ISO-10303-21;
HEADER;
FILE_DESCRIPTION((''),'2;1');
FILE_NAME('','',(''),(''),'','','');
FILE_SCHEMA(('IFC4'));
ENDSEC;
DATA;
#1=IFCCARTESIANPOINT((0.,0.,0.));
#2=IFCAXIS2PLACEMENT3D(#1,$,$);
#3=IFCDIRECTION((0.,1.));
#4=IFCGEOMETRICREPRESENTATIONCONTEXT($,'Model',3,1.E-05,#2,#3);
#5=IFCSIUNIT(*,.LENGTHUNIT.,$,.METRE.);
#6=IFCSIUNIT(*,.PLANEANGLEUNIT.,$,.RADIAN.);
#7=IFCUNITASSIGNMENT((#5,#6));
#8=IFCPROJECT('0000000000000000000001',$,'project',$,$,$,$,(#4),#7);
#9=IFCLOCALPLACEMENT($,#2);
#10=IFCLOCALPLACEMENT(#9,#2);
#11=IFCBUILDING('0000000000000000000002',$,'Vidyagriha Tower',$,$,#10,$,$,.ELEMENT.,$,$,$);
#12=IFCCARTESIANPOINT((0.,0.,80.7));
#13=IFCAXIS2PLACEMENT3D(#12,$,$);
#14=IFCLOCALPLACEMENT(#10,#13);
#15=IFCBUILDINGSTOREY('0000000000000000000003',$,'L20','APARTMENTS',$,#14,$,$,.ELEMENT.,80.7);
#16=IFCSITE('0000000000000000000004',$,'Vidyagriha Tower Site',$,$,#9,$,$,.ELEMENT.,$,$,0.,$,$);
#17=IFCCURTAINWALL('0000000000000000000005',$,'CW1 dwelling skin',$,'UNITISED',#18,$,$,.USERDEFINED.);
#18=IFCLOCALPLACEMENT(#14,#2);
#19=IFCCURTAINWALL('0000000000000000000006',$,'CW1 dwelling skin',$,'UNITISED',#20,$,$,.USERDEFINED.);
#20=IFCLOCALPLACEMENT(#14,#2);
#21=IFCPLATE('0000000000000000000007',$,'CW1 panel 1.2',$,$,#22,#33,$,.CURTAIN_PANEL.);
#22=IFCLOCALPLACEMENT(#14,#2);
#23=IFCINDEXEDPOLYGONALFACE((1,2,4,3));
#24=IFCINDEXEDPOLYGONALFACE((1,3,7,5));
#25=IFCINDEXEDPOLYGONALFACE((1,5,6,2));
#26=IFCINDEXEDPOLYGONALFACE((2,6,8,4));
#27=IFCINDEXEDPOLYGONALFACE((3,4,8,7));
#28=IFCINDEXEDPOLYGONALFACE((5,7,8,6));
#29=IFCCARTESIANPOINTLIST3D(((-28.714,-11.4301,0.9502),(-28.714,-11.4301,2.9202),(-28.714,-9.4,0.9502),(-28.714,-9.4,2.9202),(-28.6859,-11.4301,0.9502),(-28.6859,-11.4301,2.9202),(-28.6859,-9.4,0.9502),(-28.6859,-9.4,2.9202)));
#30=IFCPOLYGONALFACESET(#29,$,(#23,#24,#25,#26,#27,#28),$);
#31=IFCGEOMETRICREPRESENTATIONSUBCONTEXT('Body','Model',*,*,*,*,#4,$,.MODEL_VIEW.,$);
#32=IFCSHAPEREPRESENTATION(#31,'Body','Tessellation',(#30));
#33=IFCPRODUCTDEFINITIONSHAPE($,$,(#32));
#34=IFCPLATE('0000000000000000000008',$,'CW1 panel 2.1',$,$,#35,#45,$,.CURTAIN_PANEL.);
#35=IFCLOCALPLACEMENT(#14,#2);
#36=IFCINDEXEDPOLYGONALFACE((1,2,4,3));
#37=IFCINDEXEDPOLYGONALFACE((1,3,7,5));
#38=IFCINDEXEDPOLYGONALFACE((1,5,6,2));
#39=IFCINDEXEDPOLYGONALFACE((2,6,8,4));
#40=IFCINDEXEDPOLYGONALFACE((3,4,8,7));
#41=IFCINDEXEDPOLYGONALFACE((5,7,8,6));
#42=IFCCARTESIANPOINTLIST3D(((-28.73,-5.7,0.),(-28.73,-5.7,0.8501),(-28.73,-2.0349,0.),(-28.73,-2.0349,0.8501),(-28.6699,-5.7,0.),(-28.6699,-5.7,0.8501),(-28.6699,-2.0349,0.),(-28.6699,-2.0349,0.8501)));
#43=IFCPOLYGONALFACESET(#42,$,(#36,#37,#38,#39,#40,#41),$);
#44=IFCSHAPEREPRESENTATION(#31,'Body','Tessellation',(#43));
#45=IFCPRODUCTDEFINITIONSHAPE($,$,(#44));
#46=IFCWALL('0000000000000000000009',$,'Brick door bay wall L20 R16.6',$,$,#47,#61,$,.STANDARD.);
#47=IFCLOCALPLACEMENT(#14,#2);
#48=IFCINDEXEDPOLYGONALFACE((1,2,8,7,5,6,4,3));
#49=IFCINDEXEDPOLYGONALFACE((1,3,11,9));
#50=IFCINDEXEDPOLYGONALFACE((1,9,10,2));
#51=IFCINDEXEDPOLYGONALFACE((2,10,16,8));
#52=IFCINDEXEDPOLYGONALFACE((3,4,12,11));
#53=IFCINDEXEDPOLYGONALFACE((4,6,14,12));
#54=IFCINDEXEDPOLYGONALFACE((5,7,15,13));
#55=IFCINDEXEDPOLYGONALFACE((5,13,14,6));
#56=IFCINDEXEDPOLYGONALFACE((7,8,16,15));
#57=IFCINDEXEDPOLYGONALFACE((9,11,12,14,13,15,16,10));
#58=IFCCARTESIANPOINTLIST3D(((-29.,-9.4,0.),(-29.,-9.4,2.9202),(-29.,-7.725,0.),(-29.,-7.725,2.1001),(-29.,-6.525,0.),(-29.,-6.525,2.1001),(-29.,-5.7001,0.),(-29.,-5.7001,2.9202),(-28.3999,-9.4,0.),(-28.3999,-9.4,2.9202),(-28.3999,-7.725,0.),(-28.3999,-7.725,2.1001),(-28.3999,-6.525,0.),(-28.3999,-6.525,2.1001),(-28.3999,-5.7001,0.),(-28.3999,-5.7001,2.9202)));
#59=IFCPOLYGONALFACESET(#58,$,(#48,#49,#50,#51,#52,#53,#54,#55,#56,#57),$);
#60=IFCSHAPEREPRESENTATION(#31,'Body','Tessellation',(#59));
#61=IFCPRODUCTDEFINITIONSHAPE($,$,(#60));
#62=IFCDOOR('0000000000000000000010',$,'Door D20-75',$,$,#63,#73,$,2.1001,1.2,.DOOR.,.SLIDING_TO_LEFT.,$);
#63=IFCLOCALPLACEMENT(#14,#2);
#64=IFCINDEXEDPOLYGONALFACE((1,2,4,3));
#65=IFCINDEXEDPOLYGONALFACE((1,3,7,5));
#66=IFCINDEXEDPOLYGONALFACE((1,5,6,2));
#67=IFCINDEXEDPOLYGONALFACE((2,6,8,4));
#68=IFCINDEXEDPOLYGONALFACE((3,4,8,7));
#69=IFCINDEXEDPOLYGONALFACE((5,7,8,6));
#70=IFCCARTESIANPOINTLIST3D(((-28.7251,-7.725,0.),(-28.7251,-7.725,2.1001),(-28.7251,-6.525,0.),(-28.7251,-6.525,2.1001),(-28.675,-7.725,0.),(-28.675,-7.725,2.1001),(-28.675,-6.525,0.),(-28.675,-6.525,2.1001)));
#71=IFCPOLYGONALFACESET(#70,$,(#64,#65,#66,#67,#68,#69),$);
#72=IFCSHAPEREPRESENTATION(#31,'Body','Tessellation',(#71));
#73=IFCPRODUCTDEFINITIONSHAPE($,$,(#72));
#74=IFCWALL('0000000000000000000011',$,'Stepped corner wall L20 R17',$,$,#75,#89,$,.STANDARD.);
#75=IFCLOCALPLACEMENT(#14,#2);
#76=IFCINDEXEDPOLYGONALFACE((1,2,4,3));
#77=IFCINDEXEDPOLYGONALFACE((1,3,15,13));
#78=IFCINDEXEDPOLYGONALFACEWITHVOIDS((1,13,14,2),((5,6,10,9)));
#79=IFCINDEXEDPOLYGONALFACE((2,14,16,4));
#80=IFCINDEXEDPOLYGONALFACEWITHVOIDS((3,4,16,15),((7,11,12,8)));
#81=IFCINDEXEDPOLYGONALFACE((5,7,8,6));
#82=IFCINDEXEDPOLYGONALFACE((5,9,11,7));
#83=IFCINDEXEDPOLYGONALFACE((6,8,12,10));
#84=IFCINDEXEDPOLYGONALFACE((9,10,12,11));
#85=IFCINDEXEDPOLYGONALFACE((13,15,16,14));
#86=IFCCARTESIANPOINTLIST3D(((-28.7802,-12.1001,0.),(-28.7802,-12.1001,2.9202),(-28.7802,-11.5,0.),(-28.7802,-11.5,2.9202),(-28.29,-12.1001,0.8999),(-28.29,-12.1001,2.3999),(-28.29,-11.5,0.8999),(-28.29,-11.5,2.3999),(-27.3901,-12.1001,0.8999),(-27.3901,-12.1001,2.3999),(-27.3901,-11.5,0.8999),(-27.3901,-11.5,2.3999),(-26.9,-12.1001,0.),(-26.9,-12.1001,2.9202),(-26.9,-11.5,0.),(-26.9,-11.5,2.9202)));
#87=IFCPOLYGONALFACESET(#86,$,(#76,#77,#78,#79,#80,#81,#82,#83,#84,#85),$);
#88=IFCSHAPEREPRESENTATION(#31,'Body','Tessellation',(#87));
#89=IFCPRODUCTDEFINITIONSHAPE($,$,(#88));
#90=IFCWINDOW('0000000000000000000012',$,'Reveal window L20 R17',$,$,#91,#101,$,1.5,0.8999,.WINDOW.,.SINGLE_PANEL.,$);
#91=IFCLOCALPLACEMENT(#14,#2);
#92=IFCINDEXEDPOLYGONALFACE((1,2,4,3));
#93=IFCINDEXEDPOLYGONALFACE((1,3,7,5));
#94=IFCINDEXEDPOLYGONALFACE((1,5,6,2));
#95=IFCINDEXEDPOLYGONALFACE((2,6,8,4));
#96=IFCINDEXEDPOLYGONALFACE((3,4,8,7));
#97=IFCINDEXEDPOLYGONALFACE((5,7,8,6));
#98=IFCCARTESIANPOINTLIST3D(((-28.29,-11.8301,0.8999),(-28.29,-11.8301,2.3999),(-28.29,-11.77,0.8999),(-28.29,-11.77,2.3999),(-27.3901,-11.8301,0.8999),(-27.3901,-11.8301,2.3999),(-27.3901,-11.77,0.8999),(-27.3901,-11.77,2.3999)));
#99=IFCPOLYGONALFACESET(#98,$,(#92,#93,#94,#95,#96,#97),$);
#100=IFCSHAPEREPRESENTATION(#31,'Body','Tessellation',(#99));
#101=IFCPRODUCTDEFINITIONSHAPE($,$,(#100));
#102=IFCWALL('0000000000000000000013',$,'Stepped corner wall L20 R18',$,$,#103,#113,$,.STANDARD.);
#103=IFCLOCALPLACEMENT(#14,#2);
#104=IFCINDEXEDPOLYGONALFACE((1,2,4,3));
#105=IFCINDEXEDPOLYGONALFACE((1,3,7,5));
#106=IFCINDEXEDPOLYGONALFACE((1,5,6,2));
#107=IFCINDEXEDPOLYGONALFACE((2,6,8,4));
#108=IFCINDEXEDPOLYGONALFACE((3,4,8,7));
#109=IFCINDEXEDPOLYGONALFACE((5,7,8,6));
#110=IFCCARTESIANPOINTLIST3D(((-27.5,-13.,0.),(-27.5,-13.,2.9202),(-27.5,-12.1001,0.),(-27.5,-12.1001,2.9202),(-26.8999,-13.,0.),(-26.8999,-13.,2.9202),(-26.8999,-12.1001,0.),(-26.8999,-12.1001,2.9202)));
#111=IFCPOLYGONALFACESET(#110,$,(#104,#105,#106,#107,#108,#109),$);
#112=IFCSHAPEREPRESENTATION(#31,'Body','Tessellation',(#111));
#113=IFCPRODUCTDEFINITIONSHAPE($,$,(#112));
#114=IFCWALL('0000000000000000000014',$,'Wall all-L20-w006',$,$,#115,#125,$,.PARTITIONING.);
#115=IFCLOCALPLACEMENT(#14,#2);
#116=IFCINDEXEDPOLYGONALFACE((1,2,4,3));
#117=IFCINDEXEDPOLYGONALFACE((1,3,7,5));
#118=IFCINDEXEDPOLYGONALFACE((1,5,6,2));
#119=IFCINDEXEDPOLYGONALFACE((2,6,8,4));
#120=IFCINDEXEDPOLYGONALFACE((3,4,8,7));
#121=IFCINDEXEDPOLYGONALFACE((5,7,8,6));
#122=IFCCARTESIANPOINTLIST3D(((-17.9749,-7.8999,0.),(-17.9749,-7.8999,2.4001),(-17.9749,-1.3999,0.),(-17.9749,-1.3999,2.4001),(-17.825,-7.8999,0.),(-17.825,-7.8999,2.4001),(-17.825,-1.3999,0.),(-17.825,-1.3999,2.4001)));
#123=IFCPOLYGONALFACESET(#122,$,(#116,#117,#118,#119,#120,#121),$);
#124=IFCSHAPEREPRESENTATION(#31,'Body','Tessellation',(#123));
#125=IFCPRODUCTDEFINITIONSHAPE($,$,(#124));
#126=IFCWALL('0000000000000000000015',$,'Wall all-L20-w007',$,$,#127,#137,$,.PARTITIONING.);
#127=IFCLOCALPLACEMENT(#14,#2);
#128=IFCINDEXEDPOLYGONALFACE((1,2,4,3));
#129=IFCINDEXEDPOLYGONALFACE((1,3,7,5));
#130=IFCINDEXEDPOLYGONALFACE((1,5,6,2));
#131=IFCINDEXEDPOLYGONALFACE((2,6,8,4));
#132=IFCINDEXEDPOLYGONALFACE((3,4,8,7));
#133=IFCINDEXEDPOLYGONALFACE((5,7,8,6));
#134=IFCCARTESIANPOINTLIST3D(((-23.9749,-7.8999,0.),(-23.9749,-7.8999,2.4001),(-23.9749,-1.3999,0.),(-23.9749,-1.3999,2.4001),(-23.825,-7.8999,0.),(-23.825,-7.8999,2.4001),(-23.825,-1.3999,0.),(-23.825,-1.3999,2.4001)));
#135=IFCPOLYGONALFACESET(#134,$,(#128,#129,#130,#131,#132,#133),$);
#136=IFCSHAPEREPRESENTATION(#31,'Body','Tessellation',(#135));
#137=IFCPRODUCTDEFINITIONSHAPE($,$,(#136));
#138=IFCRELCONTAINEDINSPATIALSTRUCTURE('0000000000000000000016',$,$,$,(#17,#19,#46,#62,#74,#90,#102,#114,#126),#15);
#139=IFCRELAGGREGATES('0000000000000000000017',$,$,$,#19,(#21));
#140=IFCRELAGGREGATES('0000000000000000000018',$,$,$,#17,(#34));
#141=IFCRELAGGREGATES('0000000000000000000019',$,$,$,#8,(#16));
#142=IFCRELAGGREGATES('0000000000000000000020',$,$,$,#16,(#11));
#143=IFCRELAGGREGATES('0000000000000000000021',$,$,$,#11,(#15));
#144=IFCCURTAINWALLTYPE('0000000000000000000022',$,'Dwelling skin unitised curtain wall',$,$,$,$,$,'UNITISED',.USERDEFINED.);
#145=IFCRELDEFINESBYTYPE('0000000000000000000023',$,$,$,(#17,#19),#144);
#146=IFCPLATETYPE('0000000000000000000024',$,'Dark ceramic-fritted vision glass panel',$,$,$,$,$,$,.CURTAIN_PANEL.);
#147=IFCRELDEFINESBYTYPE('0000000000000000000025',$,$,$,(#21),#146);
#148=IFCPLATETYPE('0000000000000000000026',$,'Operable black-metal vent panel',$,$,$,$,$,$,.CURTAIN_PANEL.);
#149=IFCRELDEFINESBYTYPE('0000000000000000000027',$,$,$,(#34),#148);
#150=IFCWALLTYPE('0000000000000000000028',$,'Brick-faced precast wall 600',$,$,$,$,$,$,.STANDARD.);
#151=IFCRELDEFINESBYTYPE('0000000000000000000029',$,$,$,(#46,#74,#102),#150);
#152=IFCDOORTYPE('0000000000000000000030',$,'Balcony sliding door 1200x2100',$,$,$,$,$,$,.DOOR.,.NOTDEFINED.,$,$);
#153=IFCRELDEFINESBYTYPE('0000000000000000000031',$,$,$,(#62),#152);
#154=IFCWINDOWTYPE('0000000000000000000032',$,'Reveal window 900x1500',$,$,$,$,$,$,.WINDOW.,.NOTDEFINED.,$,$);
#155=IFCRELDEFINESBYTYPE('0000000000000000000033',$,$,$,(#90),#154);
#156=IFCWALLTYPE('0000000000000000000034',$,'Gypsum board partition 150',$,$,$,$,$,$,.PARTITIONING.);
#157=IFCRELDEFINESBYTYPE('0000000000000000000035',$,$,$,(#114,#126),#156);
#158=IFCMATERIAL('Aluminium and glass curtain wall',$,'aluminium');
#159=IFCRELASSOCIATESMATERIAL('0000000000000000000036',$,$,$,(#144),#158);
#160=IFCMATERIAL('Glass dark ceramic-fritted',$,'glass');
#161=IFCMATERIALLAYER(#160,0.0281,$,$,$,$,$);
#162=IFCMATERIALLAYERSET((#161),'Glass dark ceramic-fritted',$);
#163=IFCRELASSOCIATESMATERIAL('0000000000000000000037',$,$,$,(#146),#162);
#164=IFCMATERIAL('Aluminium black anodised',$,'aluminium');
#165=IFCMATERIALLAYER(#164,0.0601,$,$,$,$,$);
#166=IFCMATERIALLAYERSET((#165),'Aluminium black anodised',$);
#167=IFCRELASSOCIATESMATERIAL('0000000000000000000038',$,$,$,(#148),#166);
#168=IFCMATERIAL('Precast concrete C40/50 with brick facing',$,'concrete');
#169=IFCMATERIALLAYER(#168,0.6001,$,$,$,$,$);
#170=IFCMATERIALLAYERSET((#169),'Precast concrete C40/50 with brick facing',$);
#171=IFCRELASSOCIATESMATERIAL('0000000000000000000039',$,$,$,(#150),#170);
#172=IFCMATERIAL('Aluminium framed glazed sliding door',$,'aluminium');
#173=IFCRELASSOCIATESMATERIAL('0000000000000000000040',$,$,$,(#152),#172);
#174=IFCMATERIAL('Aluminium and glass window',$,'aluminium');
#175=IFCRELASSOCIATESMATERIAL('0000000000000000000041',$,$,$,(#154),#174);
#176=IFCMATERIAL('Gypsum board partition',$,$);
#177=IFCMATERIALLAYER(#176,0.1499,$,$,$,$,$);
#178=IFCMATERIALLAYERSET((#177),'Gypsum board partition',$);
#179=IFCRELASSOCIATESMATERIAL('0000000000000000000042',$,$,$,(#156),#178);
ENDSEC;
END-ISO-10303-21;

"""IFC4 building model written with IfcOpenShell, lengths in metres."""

from ifc_helpers import new_model, si_unit, direction, frame, frame_2d, origin, origin_2d, place, context, subcontext, project, spatial, rectangle, extrude, material, layer, layer_set, type_object, element, fill, aggregate, save


model = new_model("IFC4")

# Units and contexts
model_context = context("Model", 3, precision=1e-05, world=origin(), true_north=direction((0.0, 1.0)))
body_context = subcontext(model_context, "Body", "Model", "MODEL_VIEW")
ifc_project = project(units=[si_unit("LENGTHUNIT", "METRE"), si_unit("PLANEANGLEUNIT", "RADIAN")], contexts=[model_context])

# Site, building, storey
site_placement = place(None, origin())
site = spatial("IfcSite", under=ifc_project, at=site_placement, Name="Vidyagriha Tower Site", CompositionType="ELEMENT", RefElevation=0.0)
building_placement = place(site_placement, origin())
building = spatial("IfcBuilding", under=site, at=building_placement, Name="Vidyagriha Tower", CompositionType="ELEMENT")
storey_placement = place(building_placement, frame((0.0, 0.0, 80.7)))
storey = spatial("IfcBuildingStorey", under=building, at=storey_placement, Name="L20", Description="APARTMENTS", CompositionType="ELEMENT", Elevation=80.7)

# Curtain walls
ifc_material_1 = material(Name="Aluminium and glass curtain wall", Category="aluminium")
curtain_wall_type = type_object("IfcCurtainWallType", Name="Dwelling skin unitised curtain wall", ElementType="UNITISED", PredefinedType="USERDEFINED", material=ifc_material_1)
curtain_wall_1_placement = place(storey_placement, origin())
curtain_wall_1 = element("IfcCurtainWall", 1, at=curtain_wall_1_placement, inside=storey, type_object=curtain_wall_type, Name="CW1 dwelling skin", ObjectType="UNITISED", PredefinedType="USERDEFINED")
curtain_wall_2_placement = place(storey_placement, origin())
curtain_wall_2 = element("IfcCurtainWall", 2, at=curtain_wall_2_placement, inside=storey, type_object=curtain_wall_type, Name="CW1 dwelling skin", ObjectType="UNITISED", PredefinedType="USERDEFINED")

# Plates
ifc_material_2 = material(Name="Glass dark ceramic-fritted", Category="glass")
ifc_layer_1 = layer(ifc_material_2, 0.0281)
ifc_layer_set_1 = layer_set([ifc_layer_1], Name="Glass dark ceramic-fritted")
plate_type_1 = type_object("IfcPlateType", Name="Dark ceramic-fritted vision glass panel", PredefinedType="CURTAIN_PANEL", material=ifc_layer_set_1)
plate_1_placement = place(storey_placement, frame((-28.7, -10.415, 0.9502), z_axis=(0.0, 0.0, 1.0), x_axis=(0.0, -1.0, 0.0)))
plate_1 = element("IfcPlate", 3, at=plate_1_placement, type_object=plate_type_1, Name="CW1 panel 1.2", PredefinedType="CURTAIN_PANEL", context=body_context, shape_type="SweptSolid", body=[
    extrude(rectangle(XDim=2.03, YDim=0.0281, at=origin_2d()), origin(), (0.0, 0.0, 1.0), 1.97),
])
aggregate(curtain_wall_2, [plate_1])
ifc_material_3 = material(Name="Aluminium black anodised", Category="aluminium")
ifc_layer_2 = layer(ifc_material_3, 0.0601)
ifc_layer_set_2 = layer_set([ifc_layer_2], Name="Aluminium black anodised")
plate_type_2 = type_object("IfcPlateType", Name="Operable black-metal vent panel", PredefinedType="CURTAIN_PANEL", material=ifc_layer_set_2)
plate_2_placement = place(storey_placement, frame((-28.7, -3.8674, 0.0), z_axis=(0.0, 0.0, 1.0), x_axis=(0.0, -1.0, 0.0)))
plate_2 = element("IfcPlate", 4, at=plate_2_placement, type_object=plate_type_2, Name="CW1 panel 2.1", PredefinedType="CURTAIN_PANEL", context=body_context, shape_type="SweptSolid", body=[
    extrude(rectangle(XDim=3.665, YDim=0.0601, at=origin_2d()), origin(), (0.0, 0.0, 1.0), 0.8501),
])
aggregate(curtain_wall_1, [plate_2])

# Wall, opening, door
ifc_material_4 = material(Name="Precast concrete C40/50 with brick facing", Category="concrete")
ifc_layer_3 = layer(ifc_material_4, 0.6001)
ifc_layer_set_3 = layer_set([ifc_layer_3], Name="Precast concrete C40/50 with brick facing")
wall_type_1 = type_object("IfcWallType", Name="Brick-faced precast wall 600", PredefinedType="STANDARD", material=ifc_layer_set_3)
wall_1_placement = place(storey_placement, frame((-28.7, -5.7, 0.0), z_axis=(0.0, 0.0, 1.0), x_axis=(0.0, -1.0, 0.0)))
wall_1 = element("IfcWall", 5, at=wall_1_placement, inside=storey, type_object=wall_type_1, Name="Brick door bay wall L20 R16.6", PredefinedType="STANDARD", context=body_context, shape_type="SweptSolid", body=[
    extrude(rectangle(XDim=3.7, YDim=0.6001, at=frame_2d((1.8501, 0.0))), origin(), (0.0, 0.0, 1.0), 2.9202),
])
opening_1_placement = place(wall_1_placement, frame((0.825, 0.0, 0.0)))
opening_1 = element("IfcOpeningElement", 6, at=opening_1_placement, cuts=wall_1, PredefinedType="OPENING", context=body_context, shape_type="SweptSolid", body=[
    extrude(rectangle(XDim=1.2, YDim=2.1001, at=frame_2d((0.6001, 1.05))), frame((0.0, 0.3101, 0.0), z_axis=(0.0, -1.0, 0.0), x_axis=(1.0, 0.0, 0.0)), (0.0, 0.0, 1.0), 0.6201),
])
ifc_material_5 = material(Name="Aluminium framed glazed sliding door", Category="aluminium")
door_type_1 = type_object("IfcDoorType", Name="Balcony sliding door 1200x2100", OperationType="NOTDEFINED", PredefinedType="DOOR", material=ifc_material_5)
door_1_placement = place(opening_1_placement, origin())
door_1 = element("IfcDoor", 7, at=door_1_placement, inside=storey, type_object=door_type_1, Name="Door D20-75", OperationType="SLIDING_TO_LEFT", OverallHeight=2.1001, OverallWidth=1.2, PredefinedType="DOOR", context=body_context, shape_type="SweptSolid", body=[
    extrude(rectangle(XDim=1.2, YDim=2.1001, at=frame_2d((0.6001, 1.05))), frame((0.0, 0.0249, 0.0), z_axis=(0.0, -1.0, 0.0), x_axis=(1.0, 0.0, 0.0)), (0.0, 0.0, 1.0), 0.05),
])
fill(opening_1, door_1)

# Wall, opening, window
wall_2_placement = place(storey_placement, frame((-28.78, -11.8, 0.0)))
wall_2 = element("IfcWall", 8, at=wall_2_placement, inside=storey, type_object=wall_type_1, Name="Stepped corner wall L20 R17", PredefinedType="STANDARD", context=body_context, shape_type="SweptSolid", body=[
    extrude(rectangle(XDim=1.8801, YDim=0.6001, at=frame_2d((0.9399, 0.0))), origin(), (0.0, 0.0, 1.0), 2.9202),
])
opening_2_placement = place(wall_2_placement, frame((0.49, 0.0, 0.8999)))
opening_2 = element("IfcOpeningElement", 9, at=opening_2_placement, cuts=wall_2, PredefinedType="OPENING", context=body_context, shape_type="SweptSolid", body=[
    extrude(rectangle(XDim=0.8999, YDim=1.5, at=frame_2d((0.45, 0.75))), frame((0.0, 0.3101, 0.0), z_axis=(0.0, -1.0, 0.0), x_axis=(1.0, 0.0, 0.0)), (0.0, 0.0, 1.0), 0.6201),
])
ifc_material_6 = material(Name="Aluminium and glass window", Category="aluminium")
window_type = type_object("IfcWindowType", Name="Reveal window 900x1500", PartitioningType="NOTDEFINED", PredefinedType="WINDOW", material=ifc_material_6)
window_placement = place(opening_2_placement, origin())
window = element("IfcWindow", 10, at=window_placement, inside=storey, type_object=window_type, Name="Reveal window L20 R17", OverallHeight=1.5, OverallWidth=0.8999, PartitioningType="SINGLE_PANEL", PredefinedType="WINDOW", context=body_context, shape_type="SweptSolid", body=[
    extrude(rectangle(XDim=0.8999, YDim=1.5, at=frame_2d((0.45, 0.75))), frame((0.0, 0.03, 0.0), z_axis=(0.0, -1.0, 0.0), x_axis=(1.0, 0.0, 0.0)), (0.0, 0.0, 1.0), 0.0601),
])
fill(opening_2, window)

# Walls
wall_3_placement = place(storey_placement, frame((-27.2, -12.1001, 0.0), z_axis=(0.0, 0.0, 1.0), x_axis=(0.0, -1.0, 0.0)))
element("IfcWall", 11, at=wall_3_placement, inside=storey, type_object=wall_type_1, Name="Stepped corner wall L20 R18", PredefinedType="STANDARD", context=body_context, shape_type="SweptSolid", body=[
    extrude(rectangle(XDim=0.8999, YDim=0.6001, at=frame_2d((0.45, 0.0))), origin(), (0.0, 0.0, 1.0), 2.9202),
])
ifc_material_7 = material(Name="Gypsum board partition")
ifc_layer_4 = layer(ifc_material_7, 0.1499)
ifc_layer_set_4 = layer_set([ifc_layer_4], Name="Gypsum board partition")
wall_type_2 = type_object("IfcWallType", Name="Gypsum board partition 150", PredefinedType="PARTITIONING", material=ifc_layer_set_4)
for number, where, z_axis, x_axis, name in (
    (12, (-17.8999, -7.8999, 0.0), (0.0, 0.0, 1.0), (0.0, 1.0, 0.0), "Wall all-L20-w006"),
    (13, (-23.8999, -7.8999, 0.0), (0.0, 0.0, 1.0), (0.0, 1.0, 0.0), "Wall all-L20-w007"),
):
    element("IfcWall", number, at=place(storey_placement, frame(where, z_axis=z_axis, x_axis=x_axis)), inside=storey, type_object=wall_type_2, Name=name, PredefinedType="PARTITIONING", context=body_context, shape_type="SweptSolid", body=[
        extrude(rectangle(XDim=6.5, YDim=0.1499, at=frame_2d((3.25, 0.0))), origin(), (0.0, 0.0, 1.0), 2.4001),
    ])

save(model, "model.ifc")
